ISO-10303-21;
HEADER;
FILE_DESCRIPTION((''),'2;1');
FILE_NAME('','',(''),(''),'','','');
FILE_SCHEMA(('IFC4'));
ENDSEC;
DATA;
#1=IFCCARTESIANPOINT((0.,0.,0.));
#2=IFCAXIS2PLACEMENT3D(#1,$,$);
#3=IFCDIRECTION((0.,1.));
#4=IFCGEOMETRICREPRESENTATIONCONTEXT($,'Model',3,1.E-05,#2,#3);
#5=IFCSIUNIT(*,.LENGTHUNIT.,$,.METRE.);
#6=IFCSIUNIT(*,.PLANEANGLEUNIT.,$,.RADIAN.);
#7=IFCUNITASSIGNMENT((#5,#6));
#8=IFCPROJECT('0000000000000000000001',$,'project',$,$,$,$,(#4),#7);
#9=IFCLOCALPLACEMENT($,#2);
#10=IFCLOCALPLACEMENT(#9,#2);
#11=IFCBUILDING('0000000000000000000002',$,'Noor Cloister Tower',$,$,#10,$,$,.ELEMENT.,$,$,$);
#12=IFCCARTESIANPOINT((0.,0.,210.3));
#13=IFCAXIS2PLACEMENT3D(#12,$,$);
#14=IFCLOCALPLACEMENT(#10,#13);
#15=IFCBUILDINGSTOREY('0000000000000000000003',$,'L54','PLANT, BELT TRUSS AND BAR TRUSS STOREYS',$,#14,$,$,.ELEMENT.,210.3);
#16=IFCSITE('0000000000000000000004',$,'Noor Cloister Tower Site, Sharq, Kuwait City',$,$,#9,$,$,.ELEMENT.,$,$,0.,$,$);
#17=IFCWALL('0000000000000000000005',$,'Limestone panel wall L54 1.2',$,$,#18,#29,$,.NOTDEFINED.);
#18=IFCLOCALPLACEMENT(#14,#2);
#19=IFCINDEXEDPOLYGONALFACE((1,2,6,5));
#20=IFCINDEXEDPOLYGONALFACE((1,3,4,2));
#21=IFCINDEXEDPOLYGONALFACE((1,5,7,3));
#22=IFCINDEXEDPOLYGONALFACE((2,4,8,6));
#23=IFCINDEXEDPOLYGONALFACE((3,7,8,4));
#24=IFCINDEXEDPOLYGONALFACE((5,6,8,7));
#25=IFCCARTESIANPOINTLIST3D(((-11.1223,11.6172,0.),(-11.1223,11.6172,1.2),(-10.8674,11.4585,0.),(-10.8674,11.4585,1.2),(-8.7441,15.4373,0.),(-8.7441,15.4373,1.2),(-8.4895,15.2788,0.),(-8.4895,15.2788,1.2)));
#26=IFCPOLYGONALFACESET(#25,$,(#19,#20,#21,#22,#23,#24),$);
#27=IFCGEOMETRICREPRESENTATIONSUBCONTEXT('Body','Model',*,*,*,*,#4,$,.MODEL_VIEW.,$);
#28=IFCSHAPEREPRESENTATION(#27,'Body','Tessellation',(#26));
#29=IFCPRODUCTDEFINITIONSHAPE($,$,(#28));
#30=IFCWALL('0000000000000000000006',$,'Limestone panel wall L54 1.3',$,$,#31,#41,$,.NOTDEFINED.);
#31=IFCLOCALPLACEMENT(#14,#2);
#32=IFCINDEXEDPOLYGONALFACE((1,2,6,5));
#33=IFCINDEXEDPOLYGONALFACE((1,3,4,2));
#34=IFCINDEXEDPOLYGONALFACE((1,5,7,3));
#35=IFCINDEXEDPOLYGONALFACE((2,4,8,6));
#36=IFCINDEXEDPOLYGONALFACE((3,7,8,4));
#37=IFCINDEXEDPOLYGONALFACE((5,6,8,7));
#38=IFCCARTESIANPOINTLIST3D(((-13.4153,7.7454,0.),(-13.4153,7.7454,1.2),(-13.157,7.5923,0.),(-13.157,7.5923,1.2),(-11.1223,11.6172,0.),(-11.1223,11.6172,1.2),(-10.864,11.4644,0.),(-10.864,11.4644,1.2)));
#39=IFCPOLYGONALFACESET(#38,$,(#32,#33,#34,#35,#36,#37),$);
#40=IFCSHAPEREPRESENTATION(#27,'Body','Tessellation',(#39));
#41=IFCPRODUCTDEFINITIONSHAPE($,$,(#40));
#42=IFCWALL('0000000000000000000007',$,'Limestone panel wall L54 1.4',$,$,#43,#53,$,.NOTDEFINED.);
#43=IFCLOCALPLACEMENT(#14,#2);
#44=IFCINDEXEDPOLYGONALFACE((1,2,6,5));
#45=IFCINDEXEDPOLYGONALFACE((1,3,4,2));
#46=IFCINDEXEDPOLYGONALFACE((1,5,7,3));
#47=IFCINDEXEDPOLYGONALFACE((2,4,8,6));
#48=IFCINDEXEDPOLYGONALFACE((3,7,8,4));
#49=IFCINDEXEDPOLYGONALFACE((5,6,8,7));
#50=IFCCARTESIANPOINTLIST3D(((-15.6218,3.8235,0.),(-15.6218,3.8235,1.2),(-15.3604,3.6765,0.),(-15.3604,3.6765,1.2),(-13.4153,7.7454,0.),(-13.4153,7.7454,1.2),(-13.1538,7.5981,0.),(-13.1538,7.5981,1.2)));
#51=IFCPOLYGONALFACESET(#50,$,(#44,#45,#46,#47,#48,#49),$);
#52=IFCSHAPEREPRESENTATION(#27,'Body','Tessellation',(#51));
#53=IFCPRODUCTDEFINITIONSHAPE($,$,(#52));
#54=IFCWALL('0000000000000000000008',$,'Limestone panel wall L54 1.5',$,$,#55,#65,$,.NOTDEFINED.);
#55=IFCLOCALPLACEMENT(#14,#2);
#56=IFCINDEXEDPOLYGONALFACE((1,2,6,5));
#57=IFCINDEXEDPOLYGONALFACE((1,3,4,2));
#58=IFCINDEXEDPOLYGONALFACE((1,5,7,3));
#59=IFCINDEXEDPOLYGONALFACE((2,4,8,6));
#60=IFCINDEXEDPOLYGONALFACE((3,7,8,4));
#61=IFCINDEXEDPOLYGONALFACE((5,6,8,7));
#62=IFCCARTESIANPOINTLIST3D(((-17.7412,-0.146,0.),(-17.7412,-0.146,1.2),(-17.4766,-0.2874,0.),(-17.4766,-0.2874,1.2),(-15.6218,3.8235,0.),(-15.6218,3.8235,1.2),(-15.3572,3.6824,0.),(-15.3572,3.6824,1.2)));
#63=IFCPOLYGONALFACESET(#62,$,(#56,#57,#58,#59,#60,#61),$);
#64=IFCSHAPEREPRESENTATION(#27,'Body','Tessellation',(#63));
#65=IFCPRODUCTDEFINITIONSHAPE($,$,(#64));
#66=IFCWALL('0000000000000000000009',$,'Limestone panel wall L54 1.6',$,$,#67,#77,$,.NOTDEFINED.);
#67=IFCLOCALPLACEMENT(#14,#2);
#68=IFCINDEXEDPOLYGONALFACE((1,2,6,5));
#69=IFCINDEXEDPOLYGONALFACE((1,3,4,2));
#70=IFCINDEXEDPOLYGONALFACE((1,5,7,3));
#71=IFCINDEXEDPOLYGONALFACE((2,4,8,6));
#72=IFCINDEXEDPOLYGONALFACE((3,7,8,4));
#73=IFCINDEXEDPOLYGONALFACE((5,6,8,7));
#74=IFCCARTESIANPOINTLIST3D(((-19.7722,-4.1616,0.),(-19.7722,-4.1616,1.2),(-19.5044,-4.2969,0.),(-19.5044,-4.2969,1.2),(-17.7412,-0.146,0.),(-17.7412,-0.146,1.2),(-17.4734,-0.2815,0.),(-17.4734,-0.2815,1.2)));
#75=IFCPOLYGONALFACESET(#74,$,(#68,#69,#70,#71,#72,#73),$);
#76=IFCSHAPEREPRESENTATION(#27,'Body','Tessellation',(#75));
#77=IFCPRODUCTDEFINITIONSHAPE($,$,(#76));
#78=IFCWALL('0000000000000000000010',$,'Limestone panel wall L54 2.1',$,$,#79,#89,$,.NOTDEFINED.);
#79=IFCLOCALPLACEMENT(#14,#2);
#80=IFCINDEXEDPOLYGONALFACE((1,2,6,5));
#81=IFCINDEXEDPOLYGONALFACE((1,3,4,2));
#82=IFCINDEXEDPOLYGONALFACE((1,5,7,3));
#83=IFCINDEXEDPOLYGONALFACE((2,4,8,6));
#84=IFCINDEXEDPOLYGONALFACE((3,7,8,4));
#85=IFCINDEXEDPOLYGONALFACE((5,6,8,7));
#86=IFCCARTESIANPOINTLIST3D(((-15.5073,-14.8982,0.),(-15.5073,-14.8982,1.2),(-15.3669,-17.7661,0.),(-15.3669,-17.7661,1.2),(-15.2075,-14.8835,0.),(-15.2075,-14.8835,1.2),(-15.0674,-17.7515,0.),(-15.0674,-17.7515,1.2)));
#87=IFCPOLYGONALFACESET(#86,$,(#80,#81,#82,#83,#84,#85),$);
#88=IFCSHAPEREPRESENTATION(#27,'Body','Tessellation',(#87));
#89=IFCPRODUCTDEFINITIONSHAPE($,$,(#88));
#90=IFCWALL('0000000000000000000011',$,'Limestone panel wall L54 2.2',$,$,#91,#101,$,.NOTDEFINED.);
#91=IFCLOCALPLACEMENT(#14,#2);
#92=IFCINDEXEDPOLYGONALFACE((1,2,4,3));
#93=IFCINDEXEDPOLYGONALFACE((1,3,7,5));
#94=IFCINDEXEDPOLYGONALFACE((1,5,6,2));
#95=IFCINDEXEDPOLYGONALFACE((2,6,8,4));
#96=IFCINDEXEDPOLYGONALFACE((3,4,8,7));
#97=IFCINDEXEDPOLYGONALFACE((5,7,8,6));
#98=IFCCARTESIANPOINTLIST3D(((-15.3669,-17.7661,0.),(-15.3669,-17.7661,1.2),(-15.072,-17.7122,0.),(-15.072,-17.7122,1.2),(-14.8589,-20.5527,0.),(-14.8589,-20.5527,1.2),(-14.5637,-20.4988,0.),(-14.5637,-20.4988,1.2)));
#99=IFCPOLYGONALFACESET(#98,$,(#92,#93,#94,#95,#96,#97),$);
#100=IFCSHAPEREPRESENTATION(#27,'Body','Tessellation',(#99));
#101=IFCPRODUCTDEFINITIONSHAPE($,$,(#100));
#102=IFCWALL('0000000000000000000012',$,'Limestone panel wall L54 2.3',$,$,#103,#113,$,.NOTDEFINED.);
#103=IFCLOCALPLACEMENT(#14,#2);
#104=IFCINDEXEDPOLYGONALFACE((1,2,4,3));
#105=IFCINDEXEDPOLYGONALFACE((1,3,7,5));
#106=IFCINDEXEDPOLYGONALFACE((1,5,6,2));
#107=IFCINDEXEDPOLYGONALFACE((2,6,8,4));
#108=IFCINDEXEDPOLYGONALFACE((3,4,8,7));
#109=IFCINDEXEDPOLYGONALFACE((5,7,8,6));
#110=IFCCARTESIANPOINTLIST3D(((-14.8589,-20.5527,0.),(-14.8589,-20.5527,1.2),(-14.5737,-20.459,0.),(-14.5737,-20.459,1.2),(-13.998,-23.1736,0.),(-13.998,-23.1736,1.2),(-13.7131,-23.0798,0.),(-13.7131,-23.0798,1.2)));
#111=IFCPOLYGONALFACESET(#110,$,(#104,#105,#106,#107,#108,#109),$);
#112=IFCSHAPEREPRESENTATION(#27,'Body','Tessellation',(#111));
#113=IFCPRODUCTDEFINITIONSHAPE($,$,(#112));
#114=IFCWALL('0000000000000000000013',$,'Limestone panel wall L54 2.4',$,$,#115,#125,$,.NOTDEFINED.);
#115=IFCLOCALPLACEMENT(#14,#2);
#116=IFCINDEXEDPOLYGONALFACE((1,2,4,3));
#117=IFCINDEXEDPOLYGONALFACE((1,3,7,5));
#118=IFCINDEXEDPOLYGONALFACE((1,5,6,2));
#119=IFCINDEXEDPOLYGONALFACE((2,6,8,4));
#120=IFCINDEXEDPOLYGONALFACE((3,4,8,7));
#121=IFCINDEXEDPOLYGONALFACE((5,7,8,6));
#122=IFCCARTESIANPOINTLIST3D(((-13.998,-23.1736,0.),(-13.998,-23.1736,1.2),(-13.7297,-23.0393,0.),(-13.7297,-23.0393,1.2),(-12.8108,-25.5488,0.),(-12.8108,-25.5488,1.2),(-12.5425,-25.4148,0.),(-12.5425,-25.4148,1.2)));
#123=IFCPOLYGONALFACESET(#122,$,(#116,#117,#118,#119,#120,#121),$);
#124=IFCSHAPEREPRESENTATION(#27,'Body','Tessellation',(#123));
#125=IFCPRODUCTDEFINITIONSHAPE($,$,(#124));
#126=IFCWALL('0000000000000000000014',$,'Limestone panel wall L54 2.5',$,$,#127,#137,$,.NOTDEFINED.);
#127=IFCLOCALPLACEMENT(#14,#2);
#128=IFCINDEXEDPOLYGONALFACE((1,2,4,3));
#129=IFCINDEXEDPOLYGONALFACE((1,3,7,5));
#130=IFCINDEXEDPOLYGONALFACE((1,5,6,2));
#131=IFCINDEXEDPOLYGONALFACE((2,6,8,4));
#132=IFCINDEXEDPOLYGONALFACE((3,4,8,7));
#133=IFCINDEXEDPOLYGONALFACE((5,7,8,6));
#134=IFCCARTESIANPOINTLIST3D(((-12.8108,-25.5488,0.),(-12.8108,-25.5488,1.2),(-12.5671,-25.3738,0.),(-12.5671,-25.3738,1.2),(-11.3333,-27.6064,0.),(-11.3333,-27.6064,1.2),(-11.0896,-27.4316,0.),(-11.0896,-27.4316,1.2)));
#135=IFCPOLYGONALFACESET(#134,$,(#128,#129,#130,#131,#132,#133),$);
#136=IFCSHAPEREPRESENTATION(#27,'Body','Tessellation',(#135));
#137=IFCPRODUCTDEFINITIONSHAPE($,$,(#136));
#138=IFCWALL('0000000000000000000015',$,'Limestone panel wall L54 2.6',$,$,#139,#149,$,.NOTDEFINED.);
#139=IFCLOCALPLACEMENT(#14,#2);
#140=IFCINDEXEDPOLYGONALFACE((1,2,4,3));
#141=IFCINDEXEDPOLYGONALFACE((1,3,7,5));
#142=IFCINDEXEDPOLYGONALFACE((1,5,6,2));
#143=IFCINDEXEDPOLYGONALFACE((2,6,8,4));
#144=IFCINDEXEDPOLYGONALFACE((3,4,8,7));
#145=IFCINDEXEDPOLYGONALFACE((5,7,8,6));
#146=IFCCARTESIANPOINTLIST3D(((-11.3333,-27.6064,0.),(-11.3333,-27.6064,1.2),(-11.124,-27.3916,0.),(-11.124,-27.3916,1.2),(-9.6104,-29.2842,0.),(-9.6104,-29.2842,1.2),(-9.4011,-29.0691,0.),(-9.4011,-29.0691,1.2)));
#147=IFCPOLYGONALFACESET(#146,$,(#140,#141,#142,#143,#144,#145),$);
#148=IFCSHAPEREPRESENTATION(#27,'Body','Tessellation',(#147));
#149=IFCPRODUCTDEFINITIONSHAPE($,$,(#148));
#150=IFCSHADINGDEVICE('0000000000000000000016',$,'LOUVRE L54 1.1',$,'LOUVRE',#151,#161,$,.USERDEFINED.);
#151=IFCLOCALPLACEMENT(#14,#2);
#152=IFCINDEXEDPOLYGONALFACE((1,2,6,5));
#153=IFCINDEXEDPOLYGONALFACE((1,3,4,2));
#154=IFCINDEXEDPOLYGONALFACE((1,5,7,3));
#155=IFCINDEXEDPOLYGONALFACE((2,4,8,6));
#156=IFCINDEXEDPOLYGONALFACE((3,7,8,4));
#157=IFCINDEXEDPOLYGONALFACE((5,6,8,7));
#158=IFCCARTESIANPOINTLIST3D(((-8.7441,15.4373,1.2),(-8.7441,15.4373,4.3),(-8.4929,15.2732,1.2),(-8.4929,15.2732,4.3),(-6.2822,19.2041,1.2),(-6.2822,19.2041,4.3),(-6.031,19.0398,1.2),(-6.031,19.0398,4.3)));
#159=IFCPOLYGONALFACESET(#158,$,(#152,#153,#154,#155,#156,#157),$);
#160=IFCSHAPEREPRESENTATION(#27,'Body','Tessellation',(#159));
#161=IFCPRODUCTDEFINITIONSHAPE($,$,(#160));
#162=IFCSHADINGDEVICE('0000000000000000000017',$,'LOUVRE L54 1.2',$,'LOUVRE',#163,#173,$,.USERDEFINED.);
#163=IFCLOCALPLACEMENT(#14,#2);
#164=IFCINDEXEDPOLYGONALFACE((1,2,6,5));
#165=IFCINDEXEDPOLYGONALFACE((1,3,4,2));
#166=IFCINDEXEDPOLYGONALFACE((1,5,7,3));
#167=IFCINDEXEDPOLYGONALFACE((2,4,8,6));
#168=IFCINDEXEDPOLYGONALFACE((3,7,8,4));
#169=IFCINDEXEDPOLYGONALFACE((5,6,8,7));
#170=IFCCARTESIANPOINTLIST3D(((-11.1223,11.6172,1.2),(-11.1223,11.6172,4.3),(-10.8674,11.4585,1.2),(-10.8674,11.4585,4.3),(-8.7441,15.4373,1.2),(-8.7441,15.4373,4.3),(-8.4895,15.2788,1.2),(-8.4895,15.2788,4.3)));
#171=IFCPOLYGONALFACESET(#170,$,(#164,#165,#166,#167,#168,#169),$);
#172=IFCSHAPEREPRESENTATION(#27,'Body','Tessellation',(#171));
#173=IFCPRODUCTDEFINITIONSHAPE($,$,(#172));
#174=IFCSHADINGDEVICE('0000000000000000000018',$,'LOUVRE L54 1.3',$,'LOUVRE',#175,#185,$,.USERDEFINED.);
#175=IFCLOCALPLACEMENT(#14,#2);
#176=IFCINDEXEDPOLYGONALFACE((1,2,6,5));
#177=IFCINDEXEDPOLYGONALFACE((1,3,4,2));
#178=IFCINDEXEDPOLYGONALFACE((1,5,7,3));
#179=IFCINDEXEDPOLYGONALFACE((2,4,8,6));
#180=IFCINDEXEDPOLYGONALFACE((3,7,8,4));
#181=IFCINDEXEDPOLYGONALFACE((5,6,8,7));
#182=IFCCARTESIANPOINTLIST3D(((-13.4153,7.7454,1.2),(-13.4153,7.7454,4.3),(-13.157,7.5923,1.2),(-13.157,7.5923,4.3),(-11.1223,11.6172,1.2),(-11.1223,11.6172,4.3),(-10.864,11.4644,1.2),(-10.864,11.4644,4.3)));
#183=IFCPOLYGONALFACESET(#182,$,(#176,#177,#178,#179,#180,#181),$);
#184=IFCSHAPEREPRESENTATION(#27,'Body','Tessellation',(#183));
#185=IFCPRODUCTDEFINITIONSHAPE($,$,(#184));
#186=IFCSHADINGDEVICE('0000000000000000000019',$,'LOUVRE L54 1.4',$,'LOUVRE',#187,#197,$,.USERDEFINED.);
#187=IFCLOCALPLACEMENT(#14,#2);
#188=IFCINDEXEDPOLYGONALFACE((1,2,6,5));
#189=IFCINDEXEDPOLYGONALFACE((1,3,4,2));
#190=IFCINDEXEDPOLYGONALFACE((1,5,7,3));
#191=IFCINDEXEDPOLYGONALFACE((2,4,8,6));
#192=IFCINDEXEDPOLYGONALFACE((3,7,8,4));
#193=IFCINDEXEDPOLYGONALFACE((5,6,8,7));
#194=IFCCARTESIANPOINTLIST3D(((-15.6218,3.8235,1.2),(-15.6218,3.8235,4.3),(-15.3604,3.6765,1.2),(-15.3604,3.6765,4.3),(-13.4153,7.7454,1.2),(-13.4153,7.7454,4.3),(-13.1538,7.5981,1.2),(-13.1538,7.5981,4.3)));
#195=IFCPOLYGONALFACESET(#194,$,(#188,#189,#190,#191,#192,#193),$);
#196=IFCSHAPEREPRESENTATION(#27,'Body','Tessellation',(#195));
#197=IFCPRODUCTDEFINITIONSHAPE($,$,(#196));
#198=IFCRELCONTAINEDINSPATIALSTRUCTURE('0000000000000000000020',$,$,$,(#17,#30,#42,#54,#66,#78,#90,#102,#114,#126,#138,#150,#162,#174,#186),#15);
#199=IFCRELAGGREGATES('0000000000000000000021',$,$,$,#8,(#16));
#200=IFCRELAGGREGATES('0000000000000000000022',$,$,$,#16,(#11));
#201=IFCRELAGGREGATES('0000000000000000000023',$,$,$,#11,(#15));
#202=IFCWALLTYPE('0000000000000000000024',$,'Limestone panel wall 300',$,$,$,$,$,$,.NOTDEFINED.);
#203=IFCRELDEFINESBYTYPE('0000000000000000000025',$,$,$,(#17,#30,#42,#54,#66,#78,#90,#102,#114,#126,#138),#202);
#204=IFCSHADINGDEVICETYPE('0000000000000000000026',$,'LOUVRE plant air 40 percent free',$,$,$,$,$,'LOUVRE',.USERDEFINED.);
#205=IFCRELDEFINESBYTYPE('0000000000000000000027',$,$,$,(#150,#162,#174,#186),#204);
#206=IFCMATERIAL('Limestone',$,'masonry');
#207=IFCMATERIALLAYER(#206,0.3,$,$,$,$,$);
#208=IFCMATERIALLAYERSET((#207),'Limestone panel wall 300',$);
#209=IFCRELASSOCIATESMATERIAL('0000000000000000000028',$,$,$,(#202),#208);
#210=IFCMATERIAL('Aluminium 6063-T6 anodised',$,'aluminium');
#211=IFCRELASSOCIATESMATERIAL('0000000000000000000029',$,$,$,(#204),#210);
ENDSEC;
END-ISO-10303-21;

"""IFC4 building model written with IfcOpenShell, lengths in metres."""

from ifc_helpers import new_model, si_unit, direction, frame, origin, place, context, subcontext, project, spatial, polyline, outline, extrude, material, layer, layer_set, type_object, element, save


model = new_model("IFC4")

# Units and contexts
model_context = context("Model", 3, precision=1e-05, world=origin(), true_north=direction((0.0, 1.0)))
body_context = subcontext(model_context, "Body", "Model", "MODEL_VIEW")
ifc_project = project(units=[si_unit("LENGTHUNIT", "METRE"), si_unit("PLANEANGLEUNIT", "RADIAN")], contexts=[model_context])

# Site, building, storey
site_placement = place(None, origin())
site = spatial("IfcSite", under=ifc_project, at=site_placement, Name="Noor Cloister Tower Site, Sharq, Kuwait City", CompositionType="ELEMENT", RefElevation=0.0)
building_placement = place(site_placement, origin())
building = spatial("IfcBuilding", under=site, at=building_placement, Name="Noor Cloister Tower", CompositionType="ELEMENT")
storey_placement = place(building_placement, frame((0.0, 0.0, 210.3)))
storey = spatial("IfcBuildingStorey", under=building, at=storey_placement, Name="L54", Description="PLANT, BELT TRUSS AND BAR TRUSS STOREYS", CompositionType="ELEMENT", Elevation=210.3)

# Walls
ifc_material_1 = material(Name="Limestone", Category="masonry")
ifc_layer = layer(ifc_material_1, 0.3)
ifc_layer_set = layer_set([ifc_layer], Name="Limestone panel wall 300")
wall_type = type_object("IfcWallType", Name="Limestone panel wall 300", PredefinedType="NOTDEFINED", material=ifc_layer_set)
wall_1_placement = place(storey_placement, origin())
element("IfcWall", 1, at=wall_1_placement, inside=storey, type_object=wall_type, Name="Limestone panel wall L54 1.2", PredefinedType="NOTDEFINED", context=body_context, shape_type="SweptSolid", body=[
    extrude(outline(polyline([(-8.7441, 15.4373), (-11.1223, 11.6172), (-10.8674, 11.4585), (-8.4895, 15.2788), (-8.7441, 15.4373)])), origin(), (0.0, 0.0, 1.0), 1.2),
])
wall_2_placement = place(storey_placement, origin())
element("IfcWall", 2, at=wall_2_placement, inside=storey, type_object=wall_type, Name="Limestone panel wall L54 1.3", PredefinedType="NOTDEFINED", context=body_context, shape_type="SweptSolid", body=[
    extrude(outline(polyline([(-11.1223, 11.6172), (-13.4153, 7.7454), (-13.157, 7.5923), (-10.864, 11.4644), (-11.1223, 11.6172)])), origin(), (0.0, 0.0, 1.0), 1.2),
])
wall_3_placement = place(storey_placement, origin())
element("IfcWall", 3, at=wall_3_placement, inside=storey, type_object=wall_type, Name="Limestone panel wall L54 1.4", PredefinedType="NOTDEFINED", context=body_context, shape_type="SweptSolid", body=[
    extrude(outline(polyline([(-13.4153, 7.7454), (-15.6218, 3.8235), (-15.3604, 3.6765), (-13.1538, 7.5981), (-13.4153, 7.7454)])), origin(), (0.0, 0.0, 1.0), 1.2),
])
wall_4_placement = place(storey_placement, origin())
element("IfcWall", 4, at=wall_4_placement, inside=storey, type_object=wall_type, Name="Limestone panel wall L54 1.5", PredefinedType="NOTDEFINED", context=body_context, shape_type="SweptSolid", body=[
    extrude(outline(polyline([(-15.6218, 3.8235), (-17.7412, -0.146), (-17.4766, -0.2874), (-15.3572, 3.6824), (-15.6218, 3.8235)])), origin(), (0.0, 0.0, 1.0), 1.2),
])
wall_5_placement = place(storey_placement, origin())
element("IfcWall", 5, at=wall_5_placement, inside=storey, type_object=wall_type, Name="Limestone panel wall L54 1.6", PredefinedType="NOTDEFINED", context=body_context, shape_type="SweptSolid", body=[
    extrude(outline(polyline([(-17.7412, -0.146), (-19.7722, -4.1616), (-19.5044, -4.2969), (-17.4734, -0.2815), (-17.7412, -0.146)])), origin(), (0.0, 0.0, 1.0), 1.2),
])
wall_6_placement = place(storey_placement, origin())
element("IfcWall", 6, at=wall_6_placement, inside=storey, type_object=wall_type, Name="Limestone panel wall L54 2.1", PredefinedType="NOTDEFINED", context=body_context, shape_type="SweptSolid", body=[
    extrude(outline(polyline([(-15.5073, -14.8982), (-15.3669, -17.7661), (-15.0674, -17.7515), (-15.2075, -14.8835), (-15.5073, -14.8982)])), origin(), (0.0, 0.0, 1.0), 1.2),
])
wall_7_placement = place(storey_placement, origin())
element("IfcWall", 7, at=wall_7_placement, inside=storey, type_object=wall_type, Name="Limestone panel wall L54 2.2", PredefinedType="NOTDEFINED", context=body_context, shape_type="SweptSolid", body=[
    extrude(outline(polyline([(-15.3669, -17.7661), (-14.8589, -20.5527), (-14.5637, -20.4988), (-15.072, -17.7122), (-15.3669, -17.7661)])), origin(), (0.0, 0.0, 1.0), 1.2),
])
wall_8_placement = place(storey_placement, origin())
element("IfcWall", 8, at=wall_8_placement, inside=storey, type_object=wall_type, Name="Limestone panel wall L54 2.3", PredefinedType="NOTDEFINED", context=body_context, shape_type="SweptSolid", body=[
    extrude(outline(polyline([(-14.8589, -20.5527), (-13.998, -23.1736), (-13.7131, -23.0798), (-14.5737, -20.459), (-14.8589, -20.5527)])), origin(), (0.0, 0.0, 1.0), 1.2),
])
wall_9_placement = place(storey_placement, origin())
element("IfcWall", 9, at=wall_9_placement, inside=storey, type_object=wall_type, Name="Limestone panel wall L54 2.4", PredefinedType="NOTDEFINED", context=body_context, shape_type="SweptSolid", body=[
    extrude(outline(polyline([(-13.998, -23.1736), (-12.8108, -25.5488), (-12.5425, -25.4148), (-13.7297, -23.0393), (-13.998, -23.1736)])), origin(), (0.0, 0.0, 1.0), 1.2),
])
wall_10_placement = place(storey_placement, origin())
element("IfcWall", 10, at=wall_10_placement, inside=storey, type_object=wall_type, Name="Limestone panel wall L54 2.5", PredefinedType="NOTDEFINED", context=body_context, shape_type="SweptSolid", body=[
    extrude(outline(polyline([(-12.8108, -25.5488), (-11.3333, -27.6064), (-11.0896, -27.4316), (-12.5671, -25.3738), (-12.8108, -25.5488)])), origin(), (0.0, 0.0, 1.0), 1.2),
])
wall_11_placement = place(storey_placement, origin())
element("IfcWall", 11, at=wall_11_placement, inside=storey, type_object=wall_type, Name="Limestone panel wall L54 2.6", PredefinedType="NOTDEFINED", context=body_context, shape_type="SweptSolid", body=[
    extrude(outline(polyline([(-11.3333, -27.6064), (-9.6104, -29.2842), (-9.4011, -29.0691), (-11.124, -27.3916), (-11.3333, -27.6064)])), origin(), (0.0, 0.0, 1.0), 1.2),
])

# Shading devices
ifc_material_2 = material(Name="Aluminium 6063-T6 anodised", Category="aluminium")
shading_device_type = type_object("IfcShadingDeviceType", Name="LOUVRE plant air 40 percent free", ElementType="LOUVRE", PredefinedType="USERDEFINED", material=ifc_material_2)
shading_device_1_placement = place(storey_placement, frame((0.0, 0.0, 1.2)))
element("IfcShadingDevice", 12, at=shading_device_1_placement, inside=storey, type_object=shading_device_type, Name="LOUVRE L54 1.1", ObjectType="LOUVRE", PredefinedType="USERDEFINED", context=body_context, shape_type="SweptSolid", body=[
    extrude(outline(polyline([(-6.2822, 19.2041), (-8.7441, 15.4373), (-8.4929, 15.2732), (-6.031, 19.0398), (-6.2822, 19.2041)])), origin(), (0.0, 0.0, 1.0), 3.1001),
])
shading_device_2_placement = place(storey_placement, frame((0.0, 0.0, 1.2)))
element("IfcShadingDevice", 13, at=shading_device_2_placement, inside=storey, type_object=shading_device_type, Name="LOUVRE L54 1.2", ObjectType="LOUVRE", PredefinedType="USERDEFINED", context=body_context, shape_type="SweptSolid", body=[
    extrude(outline(polyline([(-8.7441, 15.4373), (-11.1223, 11.6172), (-10.8674, 11.4585), (-8.4895, 15.2788), (-8.7441, 15.4373)])), origin(), (0.0, 0.0, 1.0), 3.1001),
])
shading_device_3_placement = place(storey_placement, frame((0.0, 0.0, 1.2)))
element("IfcShadingDevice", 14, at=shading_device_3_placement, inside=storey, type_object=shading_device_type, Name="LOUVRE L54 1.3", ObjectType="LOUVRE", PredefinedType="USERDEFINED", context=body_context, shape_type="SweptSolid", body=[
    extrude(outline(polyline([(-11.1223, 11.6172), (-13.4153, 7.7454), (-13.157, 7.5923), (-10.864, 11.4644), (-11.1223, 11.6172)])), origin(), (0.0, 0.0, 1.0), 3.1001),
])
shading_device_4_placement = place(storey_placement, frame((0.0, 0.0, 1.2)))
element("IfcShadingDevice", 15, at=shading_device_4_placement, inside=storey, type_object=shading_device_type, Name="LOUVRE L54 1.4", ObjectType="LOUVRE", PredefinedType="USERDEFINED", context=body_context, shape_type="SweptSolid", body=[
    extrude(outline(polyline([(-13.4153, 7.7454), (-15.6218, 3.8235), (-15.3604, 3.6765), (-13.1538, 7.5981), (-13.4153, 7.7454)])), origin(), (0.0, 0.0, 1.0), 3.1001),
])

save(model, "model.ifc")
